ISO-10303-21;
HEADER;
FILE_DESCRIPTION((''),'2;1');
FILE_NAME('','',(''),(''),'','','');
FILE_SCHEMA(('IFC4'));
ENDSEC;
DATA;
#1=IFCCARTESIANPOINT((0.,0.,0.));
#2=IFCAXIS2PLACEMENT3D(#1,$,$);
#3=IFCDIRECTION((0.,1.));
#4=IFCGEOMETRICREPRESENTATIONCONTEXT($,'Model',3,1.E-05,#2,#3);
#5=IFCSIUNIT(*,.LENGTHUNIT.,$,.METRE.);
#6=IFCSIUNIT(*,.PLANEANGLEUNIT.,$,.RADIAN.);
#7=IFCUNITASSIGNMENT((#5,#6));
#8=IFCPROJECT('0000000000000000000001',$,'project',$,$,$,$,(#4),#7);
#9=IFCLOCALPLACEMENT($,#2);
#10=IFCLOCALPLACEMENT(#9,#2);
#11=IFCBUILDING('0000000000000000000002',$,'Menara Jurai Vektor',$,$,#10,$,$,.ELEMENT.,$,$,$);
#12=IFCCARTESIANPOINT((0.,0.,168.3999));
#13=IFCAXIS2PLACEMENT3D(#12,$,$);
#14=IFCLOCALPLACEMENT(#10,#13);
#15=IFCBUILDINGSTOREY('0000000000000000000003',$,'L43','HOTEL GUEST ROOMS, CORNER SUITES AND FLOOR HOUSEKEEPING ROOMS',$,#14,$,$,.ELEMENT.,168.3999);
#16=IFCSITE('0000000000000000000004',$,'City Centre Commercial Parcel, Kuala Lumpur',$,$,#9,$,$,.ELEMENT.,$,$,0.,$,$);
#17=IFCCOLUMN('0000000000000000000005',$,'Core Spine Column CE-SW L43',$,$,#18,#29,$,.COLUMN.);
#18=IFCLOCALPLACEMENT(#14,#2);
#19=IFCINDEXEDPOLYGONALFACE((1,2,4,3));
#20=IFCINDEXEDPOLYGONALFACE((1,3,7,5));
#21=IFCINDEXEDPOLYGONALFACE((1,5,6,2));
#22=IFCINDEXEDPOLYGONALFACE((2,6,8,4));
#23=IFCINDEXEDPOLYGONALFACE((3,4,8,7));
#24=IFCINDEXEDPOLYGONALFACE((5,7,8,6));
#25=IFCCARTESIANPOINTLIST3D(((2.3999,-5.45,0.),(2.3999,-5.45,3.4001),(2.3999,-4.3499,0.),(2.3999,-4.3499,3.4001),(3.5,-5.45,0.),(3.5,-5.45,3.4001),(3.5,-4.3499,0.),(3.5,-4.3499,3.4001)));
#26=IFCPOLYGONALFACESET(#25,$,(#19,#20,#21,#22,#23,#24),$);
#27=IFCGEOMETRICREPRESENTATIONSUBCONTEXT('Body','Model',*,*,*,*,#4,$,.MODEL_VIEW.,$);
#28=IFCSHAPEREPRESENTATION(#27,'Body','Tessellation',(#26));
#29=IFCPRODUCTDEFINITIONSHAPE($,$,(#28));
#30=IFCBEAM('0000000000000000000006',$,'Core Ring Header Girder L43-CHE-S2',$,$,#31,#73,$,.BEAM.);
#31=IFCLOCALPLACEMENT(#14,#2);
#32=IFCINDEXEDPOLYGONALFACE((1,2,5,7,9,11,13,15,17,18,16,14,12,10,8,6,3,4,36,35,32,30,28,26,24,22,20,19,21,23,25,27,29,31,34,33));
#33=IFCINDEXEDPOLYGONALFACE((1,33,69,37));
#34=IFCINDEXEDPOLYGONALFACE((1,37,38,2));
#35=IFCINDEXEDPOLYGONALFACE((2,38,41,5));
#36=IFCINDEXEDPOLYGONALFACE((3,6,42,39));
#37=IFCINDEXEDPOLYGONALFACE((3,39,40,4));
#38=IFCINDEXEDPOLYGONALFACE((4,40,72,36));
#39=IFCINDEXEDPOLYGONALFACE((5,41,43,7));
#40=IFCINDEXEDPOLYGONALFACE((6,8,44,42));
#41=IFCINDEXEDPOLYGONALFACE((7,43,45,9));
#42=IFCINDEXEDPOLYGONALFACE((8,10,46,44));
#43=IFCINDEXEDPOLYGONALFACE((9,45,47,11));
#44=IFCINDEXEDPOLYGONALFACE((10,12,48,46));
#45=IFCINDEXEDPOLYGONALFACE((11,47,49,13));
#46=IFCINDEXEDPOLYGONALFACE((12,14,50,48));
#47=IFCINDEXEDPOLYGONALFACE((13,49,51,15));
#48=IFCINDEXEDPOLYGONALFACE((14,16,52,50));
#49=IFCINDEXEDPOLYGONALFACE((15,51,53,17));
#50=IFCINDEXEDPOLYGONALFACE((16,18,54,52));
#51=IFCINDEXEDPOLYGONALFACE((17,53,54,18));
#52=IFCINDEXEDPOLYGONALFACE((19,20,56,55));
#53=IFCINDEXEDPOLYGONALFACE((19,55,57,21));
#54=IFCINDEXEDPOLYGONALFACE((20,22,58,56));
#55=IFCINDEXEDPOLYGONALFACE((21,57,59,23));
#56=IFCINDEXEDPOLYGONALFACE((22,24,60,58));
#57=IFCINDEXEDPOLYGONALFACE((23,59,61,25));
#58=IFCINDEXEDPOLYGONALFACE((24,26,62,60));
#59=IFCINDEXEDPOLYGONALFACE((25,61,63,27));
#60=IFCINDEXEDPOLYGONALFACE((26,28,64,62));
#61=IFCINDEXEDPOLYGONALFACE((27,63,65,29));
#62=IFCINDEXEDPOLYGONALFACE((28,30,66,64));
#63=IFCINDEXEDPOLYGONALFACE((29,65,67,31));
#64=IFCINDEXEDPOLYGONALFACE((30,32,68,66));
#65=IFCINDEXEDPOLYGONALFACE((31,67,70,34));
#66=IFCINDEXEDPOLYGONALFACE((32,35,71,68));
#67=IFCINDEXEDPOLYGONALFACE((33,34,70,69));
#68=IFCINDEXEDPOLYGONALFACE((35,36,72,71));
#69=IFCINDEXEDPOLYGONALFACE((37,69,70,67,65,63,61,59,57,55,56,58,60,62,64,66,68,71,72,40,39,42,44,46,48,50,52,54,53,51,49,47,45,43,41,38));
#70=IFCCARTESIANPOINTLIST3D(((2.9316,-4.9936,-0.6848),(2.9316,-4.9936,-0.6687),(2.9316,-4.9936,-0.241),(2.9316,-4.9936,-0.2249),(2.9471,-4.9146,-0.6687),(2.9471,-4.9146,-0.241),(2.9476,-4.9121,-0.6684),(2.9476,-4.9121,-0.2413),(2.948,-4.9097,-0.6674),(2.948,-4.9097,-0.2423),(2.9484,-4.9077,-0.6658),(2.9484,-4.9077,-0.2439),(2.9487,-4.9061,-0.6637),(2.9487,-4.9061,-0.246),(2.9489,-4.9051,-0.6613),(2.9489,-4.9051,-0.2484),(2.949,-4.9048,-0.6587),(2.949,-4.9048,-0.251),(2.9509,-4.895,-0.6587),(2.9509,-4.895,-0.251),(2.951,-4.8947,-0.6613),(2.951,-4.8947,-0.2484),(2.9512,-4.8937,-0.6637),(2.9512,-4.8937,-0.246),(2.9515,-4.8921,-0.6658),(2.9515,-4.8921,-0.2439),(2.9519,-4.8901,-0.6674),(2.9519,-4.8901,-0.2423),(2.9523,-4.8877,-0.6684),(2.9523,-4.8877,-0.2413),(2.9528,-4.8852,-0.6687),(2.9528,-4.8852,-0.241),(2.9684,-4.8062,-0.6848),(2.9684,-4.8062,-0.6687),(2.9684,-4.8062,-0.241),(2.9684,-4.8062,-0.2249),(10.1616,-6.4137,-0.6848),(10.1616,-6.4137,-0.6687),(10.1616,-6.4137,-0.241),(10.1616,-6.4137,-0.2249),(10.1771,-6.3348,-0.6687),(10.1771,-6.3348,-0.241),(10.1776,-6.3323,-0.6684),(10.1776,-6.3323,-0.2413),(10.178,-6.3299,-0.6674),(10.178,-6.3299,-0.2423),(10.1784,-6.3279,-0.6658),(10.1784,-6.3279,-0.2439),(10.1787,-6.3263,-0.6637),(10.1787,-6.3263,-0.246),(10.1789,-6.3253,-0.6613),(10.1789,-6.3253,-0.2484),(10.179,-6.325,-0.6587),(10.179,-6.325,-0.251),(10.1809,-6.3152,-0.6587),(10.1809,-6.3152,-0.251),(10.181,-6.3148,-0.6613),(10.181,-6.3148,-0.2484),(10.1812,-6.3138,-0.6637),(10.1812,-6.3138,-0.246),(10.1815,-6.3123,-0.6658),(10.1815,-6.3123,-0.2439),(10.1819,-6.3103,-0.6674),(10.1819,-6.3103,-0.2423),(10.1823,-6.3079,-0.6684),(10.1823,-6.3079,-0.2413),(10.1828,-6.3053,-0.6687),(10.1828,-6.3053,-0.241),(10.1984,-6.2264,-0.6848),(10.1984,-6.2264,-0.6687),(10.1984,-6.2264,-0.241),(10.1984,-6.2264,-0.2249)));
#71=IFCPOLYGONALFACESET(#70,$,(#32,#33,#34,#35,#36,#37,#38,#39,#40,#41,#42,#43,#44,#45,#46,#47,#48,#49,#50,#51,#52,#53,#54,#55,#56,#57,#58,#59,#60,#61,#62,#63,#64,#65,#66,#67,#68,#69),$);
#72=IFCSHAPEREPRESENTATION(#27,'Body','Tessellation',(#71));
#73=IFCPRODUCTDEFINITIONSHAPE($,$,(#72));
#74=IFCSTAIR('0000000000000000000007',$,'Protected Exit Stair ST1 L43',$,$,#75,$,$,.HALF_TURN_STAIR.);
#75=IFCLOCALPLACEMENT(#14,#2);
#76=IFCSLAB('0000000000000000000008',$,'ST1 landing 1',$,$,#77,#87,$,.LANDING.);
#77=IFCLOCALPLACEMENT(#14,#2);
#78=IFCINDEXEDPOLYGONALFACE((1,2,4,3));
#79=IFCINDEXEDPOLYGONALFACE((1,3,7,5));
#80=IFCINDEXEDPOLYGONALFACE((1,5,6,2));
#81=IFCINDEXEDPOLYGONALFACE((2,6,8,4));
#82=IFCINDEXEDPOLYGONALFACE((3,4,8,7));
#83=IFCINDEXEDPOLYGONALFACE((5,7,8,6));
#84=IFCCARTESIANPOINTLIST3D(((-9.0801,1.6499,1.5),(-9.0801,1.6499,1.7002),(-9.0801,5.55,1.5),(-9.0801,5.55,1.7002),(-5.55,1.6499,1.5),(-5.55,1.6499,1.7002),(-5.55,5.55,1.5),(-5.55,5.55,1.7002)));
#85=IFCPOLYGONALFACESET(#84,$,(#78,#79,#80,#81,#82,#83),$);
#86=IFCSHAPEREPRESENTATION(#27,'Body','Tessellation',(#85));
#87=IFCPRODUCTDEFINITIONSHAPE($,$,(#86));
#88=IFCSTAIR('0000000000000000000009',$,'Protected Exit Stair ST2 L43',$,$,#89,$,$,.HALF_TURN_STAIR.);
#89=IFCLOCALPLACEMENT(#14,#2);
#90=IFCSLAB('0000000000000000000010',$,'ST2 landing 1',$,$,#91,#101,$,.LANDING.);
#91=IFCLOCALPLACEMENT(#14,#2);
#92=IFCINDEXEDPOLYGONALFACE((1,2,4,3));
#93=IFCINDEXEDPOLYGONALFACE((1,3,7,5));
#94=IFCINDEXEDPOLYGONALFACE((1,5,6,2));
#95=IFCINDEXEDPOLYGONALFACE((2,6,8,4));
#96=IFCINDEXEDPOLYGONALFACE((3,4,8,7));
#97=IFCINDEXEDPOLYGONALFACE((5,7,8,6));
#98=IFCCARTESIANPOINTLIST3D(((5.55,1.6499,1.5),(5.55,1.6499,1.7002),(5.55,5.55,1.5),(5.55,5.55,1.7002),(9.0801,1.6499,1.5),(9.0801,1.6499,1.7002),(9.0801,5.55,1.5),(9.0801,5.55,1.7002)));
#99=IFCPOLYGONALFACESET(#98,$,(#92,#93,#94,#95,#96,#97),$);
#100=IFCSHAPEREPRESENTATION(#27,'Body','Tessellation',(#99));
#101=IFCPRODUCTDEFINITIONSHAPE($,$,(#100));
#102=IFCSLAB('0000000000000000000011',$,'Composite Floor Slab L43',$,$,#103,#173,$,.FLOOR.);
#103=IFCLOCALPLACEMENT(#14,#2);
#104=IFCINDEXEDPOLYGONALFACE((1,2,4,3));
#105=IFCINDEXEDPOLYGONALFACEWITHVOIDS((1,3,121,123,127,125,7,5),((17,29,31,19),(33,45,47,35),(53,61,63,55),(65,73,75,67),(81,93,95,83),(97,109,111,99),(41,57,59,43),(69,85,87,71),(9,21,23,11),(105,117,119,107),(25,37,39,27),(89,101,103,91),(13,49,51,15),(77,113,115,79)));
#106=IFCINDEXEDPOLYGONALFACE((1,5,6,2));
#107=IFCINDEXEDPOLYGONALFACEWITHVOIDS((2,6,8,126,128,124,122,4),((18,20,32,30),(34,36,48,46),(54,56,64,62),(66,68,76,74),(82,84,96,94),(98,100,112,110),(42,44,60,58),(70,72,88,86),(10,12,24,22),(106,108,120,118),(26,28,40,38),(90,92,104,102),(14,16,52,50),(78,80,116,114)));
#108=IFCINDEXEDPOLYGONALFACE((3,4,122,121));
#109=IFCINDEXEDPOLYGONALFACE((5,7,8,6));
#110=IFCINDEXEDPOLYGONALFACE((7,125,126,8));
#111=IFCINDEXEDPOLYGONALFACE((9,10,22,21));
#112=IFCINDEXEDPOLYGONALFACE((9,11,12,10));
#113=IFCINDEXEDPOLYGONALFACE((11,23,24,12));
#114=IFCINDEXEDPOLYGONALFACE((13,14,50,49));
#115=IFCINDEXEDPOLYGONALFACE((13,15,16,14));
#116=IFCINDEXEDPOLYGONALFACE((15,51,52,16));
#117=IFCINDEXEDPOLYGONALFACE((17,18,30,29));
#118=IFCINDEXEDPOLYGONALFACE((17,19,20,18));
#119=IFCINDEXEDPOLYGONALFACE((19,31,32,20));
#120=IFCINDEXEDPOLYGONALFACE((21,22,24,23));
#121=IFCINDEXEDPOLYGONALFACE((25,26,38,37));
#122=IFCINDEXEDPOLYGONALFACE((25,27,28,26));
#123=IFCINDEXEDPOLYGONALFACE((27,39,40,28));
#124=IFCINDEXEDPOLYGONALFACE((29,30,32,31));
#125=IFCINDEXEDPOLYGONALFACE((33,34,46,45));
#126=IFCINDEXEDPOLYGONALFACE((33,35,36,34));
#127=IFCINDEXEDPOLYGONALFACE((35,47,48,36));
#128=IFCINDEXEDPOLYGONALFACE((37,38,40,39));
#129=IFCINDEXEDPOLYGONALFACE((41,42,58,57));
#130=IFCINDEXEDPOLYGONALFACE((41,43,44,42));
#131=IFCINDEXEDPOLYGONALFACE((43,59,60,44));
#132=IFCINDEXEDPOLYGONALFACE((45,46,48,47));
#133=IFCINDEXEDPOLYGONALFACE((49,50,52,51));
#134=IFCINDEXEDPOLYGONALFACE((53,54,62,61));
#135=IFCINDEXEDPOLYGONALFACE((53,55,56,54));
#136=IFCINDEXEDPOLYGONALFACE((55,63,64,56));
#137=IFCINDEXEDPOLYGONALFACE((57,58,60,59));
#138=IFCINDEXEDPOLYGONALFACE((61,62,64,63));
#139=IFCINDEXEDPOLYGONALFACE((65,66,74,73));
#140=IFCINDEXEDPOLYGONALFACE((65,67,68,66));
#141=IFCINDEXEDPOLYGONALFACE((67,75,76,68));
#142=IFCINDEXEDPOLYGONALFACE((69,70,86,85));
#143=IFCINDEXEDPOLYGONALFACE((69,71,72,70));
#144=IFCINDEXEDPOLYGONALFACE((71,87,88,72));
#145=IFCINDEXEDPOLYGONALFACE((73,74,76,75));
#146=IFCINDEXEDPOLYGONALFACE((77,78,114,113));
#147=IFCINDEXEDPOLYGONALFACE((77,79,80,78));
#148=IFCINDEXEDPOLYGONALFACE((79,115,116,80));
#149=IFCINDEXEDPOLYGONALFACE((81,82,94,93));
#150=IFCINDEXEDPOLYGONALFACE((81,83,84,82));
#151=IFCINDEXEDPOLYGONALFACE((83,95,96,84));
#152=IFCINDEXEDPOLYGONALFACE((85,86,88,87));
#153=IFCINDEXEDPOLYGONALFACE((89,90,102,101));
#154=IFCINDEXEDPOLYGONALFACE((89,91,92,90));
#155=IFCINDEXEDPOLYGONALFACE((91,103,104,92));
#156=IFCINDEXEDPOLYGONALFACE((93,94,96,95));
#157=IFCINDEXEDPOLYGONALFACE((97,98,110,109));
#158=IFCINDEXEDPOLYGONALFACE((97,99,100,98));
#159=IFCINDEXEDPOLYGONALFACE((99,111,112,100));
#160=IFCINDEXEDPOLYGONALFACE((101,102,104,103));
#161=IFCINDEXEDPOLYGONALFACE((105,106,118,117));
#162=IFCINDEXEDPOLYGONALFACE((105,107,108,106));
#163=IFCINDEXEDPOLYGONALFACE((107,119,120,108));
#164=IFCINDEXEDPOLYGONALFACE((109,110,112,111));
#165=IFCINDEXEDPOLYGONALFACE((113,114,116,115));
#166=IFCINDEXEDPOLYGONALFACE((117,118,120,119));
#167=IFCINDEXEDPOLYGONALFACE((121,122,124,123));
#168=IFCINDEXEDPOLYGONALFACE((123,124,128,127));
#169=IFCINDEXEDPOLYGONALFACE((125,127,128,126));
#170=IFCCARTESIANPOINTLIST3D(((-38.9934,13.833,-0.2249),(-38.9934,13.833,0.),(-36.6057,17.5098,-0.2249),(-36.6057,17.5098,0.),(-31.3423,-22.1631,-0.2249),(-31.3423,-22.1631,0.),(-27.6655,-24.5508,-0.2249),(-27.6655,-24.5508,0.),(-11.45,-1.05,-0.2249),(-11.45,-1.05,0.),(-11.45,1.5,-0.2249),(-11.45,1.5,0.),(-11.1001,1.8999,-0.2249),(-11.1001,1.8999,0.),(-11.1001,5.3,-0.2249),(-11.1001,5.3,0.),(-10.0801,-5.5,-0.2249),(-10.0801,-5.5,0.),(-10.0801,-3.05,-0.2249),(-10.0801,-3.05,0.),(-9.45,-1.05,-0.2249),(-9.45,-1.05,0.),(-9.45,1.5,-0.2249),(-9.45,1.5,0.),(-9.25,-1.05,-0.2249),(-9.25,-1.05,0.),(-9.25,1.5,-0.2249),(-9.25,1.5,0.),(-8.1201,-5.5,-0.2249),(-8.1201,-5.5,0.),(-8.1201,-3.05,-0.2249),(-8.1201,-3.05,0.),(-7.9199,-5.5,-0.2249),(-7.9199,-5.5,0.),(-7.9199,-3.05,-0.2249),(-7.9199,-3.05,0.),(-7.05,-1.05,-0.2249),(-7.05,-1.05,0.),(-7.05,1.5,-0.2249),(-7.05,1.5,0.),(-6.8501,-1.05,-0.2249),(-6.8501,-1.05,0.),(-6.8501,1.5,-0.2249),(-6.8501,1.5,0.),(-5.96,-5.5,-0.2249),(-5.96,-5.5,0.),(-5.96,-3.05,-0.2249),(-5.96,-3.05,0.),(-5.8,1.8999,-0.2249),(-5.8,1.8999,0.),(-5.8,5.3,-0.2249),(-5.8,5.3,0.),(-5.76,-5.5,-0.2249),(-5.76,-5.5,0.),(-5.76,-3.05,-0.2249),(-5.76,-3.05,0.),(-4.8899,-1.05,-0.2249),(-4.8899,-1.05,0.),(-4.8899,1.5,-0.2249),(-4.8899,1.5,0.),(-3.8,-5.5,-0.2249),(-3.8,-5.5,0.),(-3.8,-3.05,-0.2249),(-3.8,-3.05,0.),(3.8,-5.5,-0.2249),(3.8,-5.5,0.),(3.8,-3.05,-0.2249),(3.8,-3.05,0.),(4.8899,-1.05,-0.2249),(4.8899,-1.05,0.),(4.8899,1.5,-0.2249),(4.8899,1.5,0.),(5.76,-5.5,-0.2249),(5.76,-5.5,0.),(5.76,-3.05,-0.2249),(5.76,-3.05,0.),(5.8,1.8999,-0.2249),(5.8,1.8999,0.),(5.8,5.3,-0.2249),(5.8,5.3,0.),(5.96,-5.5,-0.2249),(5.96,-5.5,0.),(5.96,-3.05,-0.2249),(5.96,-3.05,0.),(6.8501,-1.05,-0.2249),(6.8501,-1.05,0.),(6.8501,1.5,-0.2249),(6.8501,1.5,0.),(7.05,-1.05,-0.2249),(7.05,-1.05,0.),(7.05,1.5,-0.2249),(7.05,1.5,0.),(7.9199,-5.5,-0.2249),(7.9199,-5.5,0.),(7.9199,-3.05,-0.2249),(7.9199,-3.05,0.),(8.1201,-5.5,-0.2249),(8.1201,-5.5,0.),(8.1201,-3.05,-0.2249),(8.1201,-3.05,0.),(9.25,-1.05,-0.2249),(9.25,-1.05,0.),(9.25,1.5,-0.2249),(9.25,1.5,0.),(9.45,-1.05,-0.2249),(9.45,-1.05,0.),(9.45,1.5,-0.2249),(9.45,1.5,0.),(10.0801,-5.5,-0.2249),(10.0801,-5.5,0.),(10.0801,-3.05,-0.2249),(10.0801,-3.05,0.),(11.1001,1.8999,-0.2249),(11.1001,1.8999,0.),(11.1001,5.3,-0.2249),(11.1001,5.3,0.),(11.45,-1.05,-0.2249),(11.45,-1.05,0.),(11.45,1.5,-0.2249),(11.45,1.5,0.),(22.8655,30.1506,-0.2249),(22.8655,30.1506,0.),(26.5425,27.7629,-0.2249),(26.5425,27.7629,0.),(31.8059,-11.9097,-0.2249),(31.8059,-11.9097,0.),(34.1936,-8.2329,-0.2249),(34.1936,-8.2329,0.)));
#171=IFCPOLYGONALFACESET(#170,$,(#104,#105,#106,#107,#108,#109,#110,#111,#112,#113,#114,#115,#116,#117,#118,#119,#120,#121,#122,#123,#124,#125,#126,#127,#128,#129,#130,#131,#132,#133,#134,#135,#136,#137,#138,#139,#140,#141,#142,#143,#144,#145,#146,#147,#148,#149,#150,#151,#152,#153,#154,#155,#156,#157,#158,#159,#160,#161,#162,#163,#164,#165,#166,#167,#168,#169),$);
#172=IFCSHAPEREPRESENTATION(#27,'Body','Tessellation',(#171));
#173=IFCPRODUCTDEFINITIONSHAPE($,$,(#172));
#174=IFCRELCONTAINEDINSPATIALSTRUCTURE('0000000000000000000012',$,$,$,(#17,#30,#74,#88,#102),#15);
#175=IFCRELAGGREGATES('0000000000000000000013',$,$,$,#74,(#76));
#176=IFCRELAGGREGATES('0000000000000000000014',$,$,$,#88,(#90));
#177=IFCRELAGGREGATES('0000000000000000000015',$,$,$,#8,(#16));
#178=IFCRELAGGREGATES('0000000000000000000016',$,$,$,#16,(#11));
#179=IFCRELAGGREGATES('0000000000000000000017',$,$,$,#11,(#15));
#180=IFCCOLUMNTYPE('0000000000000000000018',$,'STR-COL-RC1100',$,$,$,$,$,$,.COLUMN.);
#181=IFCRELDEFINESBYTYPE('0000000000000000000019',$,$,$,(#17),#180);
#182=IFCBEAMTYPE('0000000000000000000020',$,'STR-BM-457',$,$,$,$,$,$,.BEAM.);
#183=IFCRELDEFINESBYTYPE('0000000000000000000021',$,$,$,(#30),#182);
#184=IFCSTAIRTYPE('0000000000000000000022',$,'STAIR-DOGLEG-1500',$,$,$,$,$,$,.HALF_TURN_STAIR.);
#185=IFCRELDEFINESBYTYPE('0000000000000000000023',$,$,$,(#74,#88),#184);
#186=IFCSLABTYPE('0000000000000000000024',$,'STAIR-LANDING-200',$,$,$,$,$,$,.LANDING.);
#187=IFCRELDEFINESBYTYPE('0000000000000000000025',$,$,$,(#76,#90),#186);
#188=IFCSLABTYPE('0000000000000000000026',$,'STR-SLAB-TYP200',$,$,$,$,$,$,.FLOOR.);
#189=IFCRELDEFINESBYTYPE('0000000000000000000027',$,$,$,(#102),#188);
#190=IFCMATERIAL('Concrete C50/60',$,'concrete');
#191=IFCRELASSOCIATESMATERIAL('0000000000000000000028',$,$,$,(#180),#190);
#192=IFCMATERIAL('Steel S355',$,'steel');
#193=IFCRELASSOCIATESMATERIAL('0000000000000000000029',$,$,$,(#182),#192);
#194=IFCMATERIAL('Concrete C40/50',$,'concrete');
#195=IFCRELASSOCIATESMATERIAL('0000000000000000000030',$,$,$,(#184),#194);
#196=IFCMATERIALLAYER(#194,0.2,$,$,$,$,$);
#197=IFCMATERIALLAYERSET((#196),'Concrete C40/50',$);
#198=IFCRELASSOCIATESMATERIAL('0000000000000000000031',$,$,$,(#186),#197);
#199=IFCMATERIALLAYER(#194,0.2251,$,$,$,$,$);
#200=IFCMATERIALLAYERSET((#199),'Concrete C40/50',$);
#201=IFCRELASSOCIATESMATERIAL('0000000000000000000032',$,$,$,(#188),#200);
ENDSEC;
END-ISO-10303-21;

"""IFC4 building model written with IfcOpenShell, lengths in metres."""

from ifc_helpers import new_model, si_unit, direction, frame, origin, origin_2d, place, context, subcontext, project, spatial, polyline, rectangle, i_section, outline, extrude, material, layer, layer_set, material_profile, profile_set, type_object, element, aggregate, save


model = new_model("IFC4")

# Units and contexts
model_context = context("Model", 3, precision=1e-05, world=origin(), true_north=direction((0.0, 1.0)))
body_context = subcontext(model_context, "Body", "Model", "MODEL_VIEW")
ifc_project = project(units=[si_unit("LENGTHUNIT", "METRE"), si_unit("PLANEANGLEUNIT", "RADIAN")], contexts=[model_context])

# Site, building, storey
site_placement = place(None, origin())
site = spatial("IfcSite", under=ifc_project, at=site_placement, Name="City Centre Commercial Parcel, Kuala Lumpur", CompositionType="ELEMENT", RefElevation=0.0)
building_placement = place(site_placement, origin())
building = spatial("IfcBuilding", under=site, at=building_placement, Name="Menara Jurai Vektor", CompositionType="ELEMENT")
storey_placement = place(building_placement, frame((0.0, 0.0, 168.3999)))
storey = spatial("IfcBuildingStorey", under=building, at=storey_placement, Name="L43", Description="HOTEL GUEST ROOMS, CORNER SUITES AND FLOOR HOUSEKEEPING ROOMS", CompositionType="ELEMENT", Elevation=168.3999)

# Column
ifc_material_1 = material(Name="Concrete C50/60", Category="concrete")
ifc_material_profile_1 = material_profile(ifc_material_1, rectangle(XDim=1.1001, YDim=1.1001, at=origin_2d()), Name="RC 1100x1100")
ifc_profile_set_1 = profile_set([ifc_material_profile_1], Name="Concrete C50/60")
column_type = type_object("IfcColumnType", Name="STR-COL-RC1100", PredefinedType="COLUMN", material=ifc_profile_set_1)
column_placement = place(storey_placement, frame((2.95, -4.8999, 0.0), z_axis=(0.0, 0.0, 1.0), x_axis=(1.0, 0.0, 0.0)))
element("IfcColumn", 1, at=column_placement, inside=storey, type_object=column_type, Name="Core Spine Column CE-SW L43", PredefinedType="COLUMN", context=body_context, shape_type="SweptSolid", body=[
    extrude(rectangle(XDim=1.1001, YDim=1.1001, at=origin_2d()), origin(), (0.0, 0.0, 1.0), 3.4001),
])

# Beam
ifc_material_2 = material(Name="Steel S355", Category="steel")
ifc_material_profile_2 = material_profile(ifc_material_2, i_section(OverallWidth=0.1909, OverallDepth=0.46, WebThickness=0.01, FlangeThickness=0.0161, FilletRadius=0.01, at=origin_2d()), Name="UKB 457x191x82")
ifc_profile_set_2 = profile_set([ifc_material_profile_2], Name="Steel S355")
beam_type = type_object("IfcBeamType", Name="STR-BM-457", PredefinedType="BEAM", material=ifc_profile_set_2)
beam_placement = place(storey_placement, frame((2.95, -4.8999, -0.4548), z_axis=(0.981249, -0.192744, 0.0), x_axis=(0.192744, 0.981249, 0.0)))
element("IfcBeam", 2, at=beam_placement, inside=storey, type_object=beam_type, Name="Core Ring Header Girder L43-CHE-S2", PredefinedType="BEAM", context=body_context, shape_type="SweptSolid", body=[
    extrude(i_section(OverallWidth=0.1909, OverallDepth=0.46, WebThickness=0.01, FlangeThickness=0.0161, FilletRadius=0.01, at=origin_2d()), origin(), (0.0, 0.0, 1.0), 7.3682),
])

# Stairs, slabs
ifc_material_3 = material(Name="Concrete C40/50", Category="concrete")
stair_type = type_object("IfcStairType", Name="STAIR-DOGLEG-1500", PredefinedType="HALF_TURN_STAIR", material=ifc_material_3)
stair_1_placement = place(storey_placement, origin())
stair_1 = element("IfcStair", 3, at=stair_1_placement, inside=storey, type_object=stair_type, Name="Protected Exit Stair ST1 L43", PredefinedType="HALF_TURN_STAIR")
ifc_layer_1 = layer(ifc_material_3, 0.2)
ifc_layer_set_1 = layer_set([ifc_layer_1], Name="Concrete C40/50")
slab_type_1 = type_object("IfcSlabType", Name="STAIR-LANDING-200", PredefinedType="LANDING", material=ifc_layer_set_1)
slab_1_placement = place(storey_placement, frame((0.0, 0.0, 1.5)))
slab_1 = element("IfcSlab", 4, at=slab_1_placement, type_object=slab_type_1, Name="ST1 landing 1", PredefinedType="LANDING", context=body_context, shape_type="SweptSolid", body=[
    extrude(outline(polyline([(-9.0801, 1.6499), (-5.55, 1.6499), (-5.55, 5.55), (-9.0801, 5.55), (-9.0801, 1.6499)])), origin(), (0.0, 0.0, 1.0), 0.2002),
])
aggregate(stair_1, [slab_1])
stair_2_placement = place(storey_placement, origin())
stair_2 = element("IfcStair", 5, at=stair_2_placement, inside=storey, type_object=stair_type, Name="Protected Exit Stair ST2 L43", PredefinedType="HALF_TURN_STAIR")
slab_2_placement = place(storey_placement, frame((0.0, 0.0, 1.5)))
slab_2 = element("IfcSlab", 6, at=slab_2_placement, type_object=slab_type_1, Name="ST2 landing 1", PredefinedType="LANDING", context=body_context, shape_type="SweptSolid", body=[
    extrude(outline(polyline([(5.55, 1.6499), (9.0801, 1.6499), (9.0801, 5.55), (5.55, 5.55), (5.55, 1.6499)])), origin(), (0.0, 0.0, 1.0), 0.2002),
])
aggregate(stair_2, [slab_2])

# Slab
ifc_layer_2 = layer(ifc_material_3, 0.2251)
ifc_layer_set_2 = layer_set([ifc_layer_2], Name="Concrete C40/50")
slab_type_2 = type_object("IfcSlabType", Name="STR-SLAB-TYP200", PredefinedType="FLOOR", material=ifc_layer_set_2)
slab_3_placement = place(storey_placement, frame((0.0, 0.0, -0.2249)))
element("IfcSlab", 7, at=slab_3_placement, inside=storey, type_object=slab_type_2, Name="Composite Floor Slab L43", PredefinedType="FLOOR", context=body_context, shape_type="SweptSolid", body=[
    extrude(outline(polyline([(-27.6655, -24.5508), (31.8059, -11.9097), (34.1936, -8.2329), (26.5425, 27.7629), (22.8655, 30.1506), (-36.6057, 17.5098), (-38.9934, 13.833), (-31.3423, -22.1631), (-27.6655, -24.5508)]), holes=[polyline([(-11.1001, 1.8999), (-11.1001, 5.3), (-5.8, 5.3), (-5.8, 1.8999), (-11.1001, 1.8999)]), polyline([(5.8, 1.8999), (5.8, 5.3), (11.1001, 5.3), (11.1001, 1.8999), (5.8, 1.8999)]), polyline([(-11.45, -1.05), (-11.45, 1.5), (-9.45, 1.5), (-9.45, -1.05), (-11.45, -1.05)]), polyline([(9.45, -1.05), (9.45, 1.5), (11.45, 1.5), (11.45, -1.05), (9.45, -1.05)]), polyline([(-5.76, -5.5), (-5.76, -3.05), (-3.8, -3.05), (-3.8, -5.5), (-5.76, -5.5)]), polyline([(-6.8501, -1.05), (-6.8501, 1.5), (-4.8899, 1.5), (-4.8899, -1.05), (-6.8501, -1.05)]), polyline([(3.8, -5.5), (3.8, -3.05), (5.76, -3.05), (5.76, -5.5), (3.8, -5.5)]), polyline([(4.8899, -1.05), (4.8899, 1.5), (6.8501, 1.5), (6.8501, -1.05), (4.8899, -1.05)]), polyline([(-10.0801, -5.5), (-10.0801, -3.05), (-8.1201, -3.05), (-8.1201, -5.5), (-10.0801, -5.5)]), polyline([(-7.9199, -5.5), (-7.9199, -3.05), (-5.96, -3.05), (-5.96, -5.5), (-7.9199, -5.5)]), polyline([(5.96, -5.5), (5.96, -3.05), (7.9199, -3.05), (7.9199, -5.5), (5.96, -5.5)]), polyline([(8.1201, -5.5), (8.1201, -3.05), (10.0801, -3.05), (10.0801, -5.5), (8.1201, -5.5)]), polyline([(-9.25, -1.05), (-9.25, 1.5), (-7.05, 1.5), (-7.05, -1.05), (-9.25, -1.05)]), polyline([(7.05, -1.05), (7.05, 1.5), (9.25, 1.5), (9.25, -1.05), (7.05, -1.05)])]), origin(), (0.0, 0.0, 1.0), 0.2249),
])

save(model, "model.ifc")
